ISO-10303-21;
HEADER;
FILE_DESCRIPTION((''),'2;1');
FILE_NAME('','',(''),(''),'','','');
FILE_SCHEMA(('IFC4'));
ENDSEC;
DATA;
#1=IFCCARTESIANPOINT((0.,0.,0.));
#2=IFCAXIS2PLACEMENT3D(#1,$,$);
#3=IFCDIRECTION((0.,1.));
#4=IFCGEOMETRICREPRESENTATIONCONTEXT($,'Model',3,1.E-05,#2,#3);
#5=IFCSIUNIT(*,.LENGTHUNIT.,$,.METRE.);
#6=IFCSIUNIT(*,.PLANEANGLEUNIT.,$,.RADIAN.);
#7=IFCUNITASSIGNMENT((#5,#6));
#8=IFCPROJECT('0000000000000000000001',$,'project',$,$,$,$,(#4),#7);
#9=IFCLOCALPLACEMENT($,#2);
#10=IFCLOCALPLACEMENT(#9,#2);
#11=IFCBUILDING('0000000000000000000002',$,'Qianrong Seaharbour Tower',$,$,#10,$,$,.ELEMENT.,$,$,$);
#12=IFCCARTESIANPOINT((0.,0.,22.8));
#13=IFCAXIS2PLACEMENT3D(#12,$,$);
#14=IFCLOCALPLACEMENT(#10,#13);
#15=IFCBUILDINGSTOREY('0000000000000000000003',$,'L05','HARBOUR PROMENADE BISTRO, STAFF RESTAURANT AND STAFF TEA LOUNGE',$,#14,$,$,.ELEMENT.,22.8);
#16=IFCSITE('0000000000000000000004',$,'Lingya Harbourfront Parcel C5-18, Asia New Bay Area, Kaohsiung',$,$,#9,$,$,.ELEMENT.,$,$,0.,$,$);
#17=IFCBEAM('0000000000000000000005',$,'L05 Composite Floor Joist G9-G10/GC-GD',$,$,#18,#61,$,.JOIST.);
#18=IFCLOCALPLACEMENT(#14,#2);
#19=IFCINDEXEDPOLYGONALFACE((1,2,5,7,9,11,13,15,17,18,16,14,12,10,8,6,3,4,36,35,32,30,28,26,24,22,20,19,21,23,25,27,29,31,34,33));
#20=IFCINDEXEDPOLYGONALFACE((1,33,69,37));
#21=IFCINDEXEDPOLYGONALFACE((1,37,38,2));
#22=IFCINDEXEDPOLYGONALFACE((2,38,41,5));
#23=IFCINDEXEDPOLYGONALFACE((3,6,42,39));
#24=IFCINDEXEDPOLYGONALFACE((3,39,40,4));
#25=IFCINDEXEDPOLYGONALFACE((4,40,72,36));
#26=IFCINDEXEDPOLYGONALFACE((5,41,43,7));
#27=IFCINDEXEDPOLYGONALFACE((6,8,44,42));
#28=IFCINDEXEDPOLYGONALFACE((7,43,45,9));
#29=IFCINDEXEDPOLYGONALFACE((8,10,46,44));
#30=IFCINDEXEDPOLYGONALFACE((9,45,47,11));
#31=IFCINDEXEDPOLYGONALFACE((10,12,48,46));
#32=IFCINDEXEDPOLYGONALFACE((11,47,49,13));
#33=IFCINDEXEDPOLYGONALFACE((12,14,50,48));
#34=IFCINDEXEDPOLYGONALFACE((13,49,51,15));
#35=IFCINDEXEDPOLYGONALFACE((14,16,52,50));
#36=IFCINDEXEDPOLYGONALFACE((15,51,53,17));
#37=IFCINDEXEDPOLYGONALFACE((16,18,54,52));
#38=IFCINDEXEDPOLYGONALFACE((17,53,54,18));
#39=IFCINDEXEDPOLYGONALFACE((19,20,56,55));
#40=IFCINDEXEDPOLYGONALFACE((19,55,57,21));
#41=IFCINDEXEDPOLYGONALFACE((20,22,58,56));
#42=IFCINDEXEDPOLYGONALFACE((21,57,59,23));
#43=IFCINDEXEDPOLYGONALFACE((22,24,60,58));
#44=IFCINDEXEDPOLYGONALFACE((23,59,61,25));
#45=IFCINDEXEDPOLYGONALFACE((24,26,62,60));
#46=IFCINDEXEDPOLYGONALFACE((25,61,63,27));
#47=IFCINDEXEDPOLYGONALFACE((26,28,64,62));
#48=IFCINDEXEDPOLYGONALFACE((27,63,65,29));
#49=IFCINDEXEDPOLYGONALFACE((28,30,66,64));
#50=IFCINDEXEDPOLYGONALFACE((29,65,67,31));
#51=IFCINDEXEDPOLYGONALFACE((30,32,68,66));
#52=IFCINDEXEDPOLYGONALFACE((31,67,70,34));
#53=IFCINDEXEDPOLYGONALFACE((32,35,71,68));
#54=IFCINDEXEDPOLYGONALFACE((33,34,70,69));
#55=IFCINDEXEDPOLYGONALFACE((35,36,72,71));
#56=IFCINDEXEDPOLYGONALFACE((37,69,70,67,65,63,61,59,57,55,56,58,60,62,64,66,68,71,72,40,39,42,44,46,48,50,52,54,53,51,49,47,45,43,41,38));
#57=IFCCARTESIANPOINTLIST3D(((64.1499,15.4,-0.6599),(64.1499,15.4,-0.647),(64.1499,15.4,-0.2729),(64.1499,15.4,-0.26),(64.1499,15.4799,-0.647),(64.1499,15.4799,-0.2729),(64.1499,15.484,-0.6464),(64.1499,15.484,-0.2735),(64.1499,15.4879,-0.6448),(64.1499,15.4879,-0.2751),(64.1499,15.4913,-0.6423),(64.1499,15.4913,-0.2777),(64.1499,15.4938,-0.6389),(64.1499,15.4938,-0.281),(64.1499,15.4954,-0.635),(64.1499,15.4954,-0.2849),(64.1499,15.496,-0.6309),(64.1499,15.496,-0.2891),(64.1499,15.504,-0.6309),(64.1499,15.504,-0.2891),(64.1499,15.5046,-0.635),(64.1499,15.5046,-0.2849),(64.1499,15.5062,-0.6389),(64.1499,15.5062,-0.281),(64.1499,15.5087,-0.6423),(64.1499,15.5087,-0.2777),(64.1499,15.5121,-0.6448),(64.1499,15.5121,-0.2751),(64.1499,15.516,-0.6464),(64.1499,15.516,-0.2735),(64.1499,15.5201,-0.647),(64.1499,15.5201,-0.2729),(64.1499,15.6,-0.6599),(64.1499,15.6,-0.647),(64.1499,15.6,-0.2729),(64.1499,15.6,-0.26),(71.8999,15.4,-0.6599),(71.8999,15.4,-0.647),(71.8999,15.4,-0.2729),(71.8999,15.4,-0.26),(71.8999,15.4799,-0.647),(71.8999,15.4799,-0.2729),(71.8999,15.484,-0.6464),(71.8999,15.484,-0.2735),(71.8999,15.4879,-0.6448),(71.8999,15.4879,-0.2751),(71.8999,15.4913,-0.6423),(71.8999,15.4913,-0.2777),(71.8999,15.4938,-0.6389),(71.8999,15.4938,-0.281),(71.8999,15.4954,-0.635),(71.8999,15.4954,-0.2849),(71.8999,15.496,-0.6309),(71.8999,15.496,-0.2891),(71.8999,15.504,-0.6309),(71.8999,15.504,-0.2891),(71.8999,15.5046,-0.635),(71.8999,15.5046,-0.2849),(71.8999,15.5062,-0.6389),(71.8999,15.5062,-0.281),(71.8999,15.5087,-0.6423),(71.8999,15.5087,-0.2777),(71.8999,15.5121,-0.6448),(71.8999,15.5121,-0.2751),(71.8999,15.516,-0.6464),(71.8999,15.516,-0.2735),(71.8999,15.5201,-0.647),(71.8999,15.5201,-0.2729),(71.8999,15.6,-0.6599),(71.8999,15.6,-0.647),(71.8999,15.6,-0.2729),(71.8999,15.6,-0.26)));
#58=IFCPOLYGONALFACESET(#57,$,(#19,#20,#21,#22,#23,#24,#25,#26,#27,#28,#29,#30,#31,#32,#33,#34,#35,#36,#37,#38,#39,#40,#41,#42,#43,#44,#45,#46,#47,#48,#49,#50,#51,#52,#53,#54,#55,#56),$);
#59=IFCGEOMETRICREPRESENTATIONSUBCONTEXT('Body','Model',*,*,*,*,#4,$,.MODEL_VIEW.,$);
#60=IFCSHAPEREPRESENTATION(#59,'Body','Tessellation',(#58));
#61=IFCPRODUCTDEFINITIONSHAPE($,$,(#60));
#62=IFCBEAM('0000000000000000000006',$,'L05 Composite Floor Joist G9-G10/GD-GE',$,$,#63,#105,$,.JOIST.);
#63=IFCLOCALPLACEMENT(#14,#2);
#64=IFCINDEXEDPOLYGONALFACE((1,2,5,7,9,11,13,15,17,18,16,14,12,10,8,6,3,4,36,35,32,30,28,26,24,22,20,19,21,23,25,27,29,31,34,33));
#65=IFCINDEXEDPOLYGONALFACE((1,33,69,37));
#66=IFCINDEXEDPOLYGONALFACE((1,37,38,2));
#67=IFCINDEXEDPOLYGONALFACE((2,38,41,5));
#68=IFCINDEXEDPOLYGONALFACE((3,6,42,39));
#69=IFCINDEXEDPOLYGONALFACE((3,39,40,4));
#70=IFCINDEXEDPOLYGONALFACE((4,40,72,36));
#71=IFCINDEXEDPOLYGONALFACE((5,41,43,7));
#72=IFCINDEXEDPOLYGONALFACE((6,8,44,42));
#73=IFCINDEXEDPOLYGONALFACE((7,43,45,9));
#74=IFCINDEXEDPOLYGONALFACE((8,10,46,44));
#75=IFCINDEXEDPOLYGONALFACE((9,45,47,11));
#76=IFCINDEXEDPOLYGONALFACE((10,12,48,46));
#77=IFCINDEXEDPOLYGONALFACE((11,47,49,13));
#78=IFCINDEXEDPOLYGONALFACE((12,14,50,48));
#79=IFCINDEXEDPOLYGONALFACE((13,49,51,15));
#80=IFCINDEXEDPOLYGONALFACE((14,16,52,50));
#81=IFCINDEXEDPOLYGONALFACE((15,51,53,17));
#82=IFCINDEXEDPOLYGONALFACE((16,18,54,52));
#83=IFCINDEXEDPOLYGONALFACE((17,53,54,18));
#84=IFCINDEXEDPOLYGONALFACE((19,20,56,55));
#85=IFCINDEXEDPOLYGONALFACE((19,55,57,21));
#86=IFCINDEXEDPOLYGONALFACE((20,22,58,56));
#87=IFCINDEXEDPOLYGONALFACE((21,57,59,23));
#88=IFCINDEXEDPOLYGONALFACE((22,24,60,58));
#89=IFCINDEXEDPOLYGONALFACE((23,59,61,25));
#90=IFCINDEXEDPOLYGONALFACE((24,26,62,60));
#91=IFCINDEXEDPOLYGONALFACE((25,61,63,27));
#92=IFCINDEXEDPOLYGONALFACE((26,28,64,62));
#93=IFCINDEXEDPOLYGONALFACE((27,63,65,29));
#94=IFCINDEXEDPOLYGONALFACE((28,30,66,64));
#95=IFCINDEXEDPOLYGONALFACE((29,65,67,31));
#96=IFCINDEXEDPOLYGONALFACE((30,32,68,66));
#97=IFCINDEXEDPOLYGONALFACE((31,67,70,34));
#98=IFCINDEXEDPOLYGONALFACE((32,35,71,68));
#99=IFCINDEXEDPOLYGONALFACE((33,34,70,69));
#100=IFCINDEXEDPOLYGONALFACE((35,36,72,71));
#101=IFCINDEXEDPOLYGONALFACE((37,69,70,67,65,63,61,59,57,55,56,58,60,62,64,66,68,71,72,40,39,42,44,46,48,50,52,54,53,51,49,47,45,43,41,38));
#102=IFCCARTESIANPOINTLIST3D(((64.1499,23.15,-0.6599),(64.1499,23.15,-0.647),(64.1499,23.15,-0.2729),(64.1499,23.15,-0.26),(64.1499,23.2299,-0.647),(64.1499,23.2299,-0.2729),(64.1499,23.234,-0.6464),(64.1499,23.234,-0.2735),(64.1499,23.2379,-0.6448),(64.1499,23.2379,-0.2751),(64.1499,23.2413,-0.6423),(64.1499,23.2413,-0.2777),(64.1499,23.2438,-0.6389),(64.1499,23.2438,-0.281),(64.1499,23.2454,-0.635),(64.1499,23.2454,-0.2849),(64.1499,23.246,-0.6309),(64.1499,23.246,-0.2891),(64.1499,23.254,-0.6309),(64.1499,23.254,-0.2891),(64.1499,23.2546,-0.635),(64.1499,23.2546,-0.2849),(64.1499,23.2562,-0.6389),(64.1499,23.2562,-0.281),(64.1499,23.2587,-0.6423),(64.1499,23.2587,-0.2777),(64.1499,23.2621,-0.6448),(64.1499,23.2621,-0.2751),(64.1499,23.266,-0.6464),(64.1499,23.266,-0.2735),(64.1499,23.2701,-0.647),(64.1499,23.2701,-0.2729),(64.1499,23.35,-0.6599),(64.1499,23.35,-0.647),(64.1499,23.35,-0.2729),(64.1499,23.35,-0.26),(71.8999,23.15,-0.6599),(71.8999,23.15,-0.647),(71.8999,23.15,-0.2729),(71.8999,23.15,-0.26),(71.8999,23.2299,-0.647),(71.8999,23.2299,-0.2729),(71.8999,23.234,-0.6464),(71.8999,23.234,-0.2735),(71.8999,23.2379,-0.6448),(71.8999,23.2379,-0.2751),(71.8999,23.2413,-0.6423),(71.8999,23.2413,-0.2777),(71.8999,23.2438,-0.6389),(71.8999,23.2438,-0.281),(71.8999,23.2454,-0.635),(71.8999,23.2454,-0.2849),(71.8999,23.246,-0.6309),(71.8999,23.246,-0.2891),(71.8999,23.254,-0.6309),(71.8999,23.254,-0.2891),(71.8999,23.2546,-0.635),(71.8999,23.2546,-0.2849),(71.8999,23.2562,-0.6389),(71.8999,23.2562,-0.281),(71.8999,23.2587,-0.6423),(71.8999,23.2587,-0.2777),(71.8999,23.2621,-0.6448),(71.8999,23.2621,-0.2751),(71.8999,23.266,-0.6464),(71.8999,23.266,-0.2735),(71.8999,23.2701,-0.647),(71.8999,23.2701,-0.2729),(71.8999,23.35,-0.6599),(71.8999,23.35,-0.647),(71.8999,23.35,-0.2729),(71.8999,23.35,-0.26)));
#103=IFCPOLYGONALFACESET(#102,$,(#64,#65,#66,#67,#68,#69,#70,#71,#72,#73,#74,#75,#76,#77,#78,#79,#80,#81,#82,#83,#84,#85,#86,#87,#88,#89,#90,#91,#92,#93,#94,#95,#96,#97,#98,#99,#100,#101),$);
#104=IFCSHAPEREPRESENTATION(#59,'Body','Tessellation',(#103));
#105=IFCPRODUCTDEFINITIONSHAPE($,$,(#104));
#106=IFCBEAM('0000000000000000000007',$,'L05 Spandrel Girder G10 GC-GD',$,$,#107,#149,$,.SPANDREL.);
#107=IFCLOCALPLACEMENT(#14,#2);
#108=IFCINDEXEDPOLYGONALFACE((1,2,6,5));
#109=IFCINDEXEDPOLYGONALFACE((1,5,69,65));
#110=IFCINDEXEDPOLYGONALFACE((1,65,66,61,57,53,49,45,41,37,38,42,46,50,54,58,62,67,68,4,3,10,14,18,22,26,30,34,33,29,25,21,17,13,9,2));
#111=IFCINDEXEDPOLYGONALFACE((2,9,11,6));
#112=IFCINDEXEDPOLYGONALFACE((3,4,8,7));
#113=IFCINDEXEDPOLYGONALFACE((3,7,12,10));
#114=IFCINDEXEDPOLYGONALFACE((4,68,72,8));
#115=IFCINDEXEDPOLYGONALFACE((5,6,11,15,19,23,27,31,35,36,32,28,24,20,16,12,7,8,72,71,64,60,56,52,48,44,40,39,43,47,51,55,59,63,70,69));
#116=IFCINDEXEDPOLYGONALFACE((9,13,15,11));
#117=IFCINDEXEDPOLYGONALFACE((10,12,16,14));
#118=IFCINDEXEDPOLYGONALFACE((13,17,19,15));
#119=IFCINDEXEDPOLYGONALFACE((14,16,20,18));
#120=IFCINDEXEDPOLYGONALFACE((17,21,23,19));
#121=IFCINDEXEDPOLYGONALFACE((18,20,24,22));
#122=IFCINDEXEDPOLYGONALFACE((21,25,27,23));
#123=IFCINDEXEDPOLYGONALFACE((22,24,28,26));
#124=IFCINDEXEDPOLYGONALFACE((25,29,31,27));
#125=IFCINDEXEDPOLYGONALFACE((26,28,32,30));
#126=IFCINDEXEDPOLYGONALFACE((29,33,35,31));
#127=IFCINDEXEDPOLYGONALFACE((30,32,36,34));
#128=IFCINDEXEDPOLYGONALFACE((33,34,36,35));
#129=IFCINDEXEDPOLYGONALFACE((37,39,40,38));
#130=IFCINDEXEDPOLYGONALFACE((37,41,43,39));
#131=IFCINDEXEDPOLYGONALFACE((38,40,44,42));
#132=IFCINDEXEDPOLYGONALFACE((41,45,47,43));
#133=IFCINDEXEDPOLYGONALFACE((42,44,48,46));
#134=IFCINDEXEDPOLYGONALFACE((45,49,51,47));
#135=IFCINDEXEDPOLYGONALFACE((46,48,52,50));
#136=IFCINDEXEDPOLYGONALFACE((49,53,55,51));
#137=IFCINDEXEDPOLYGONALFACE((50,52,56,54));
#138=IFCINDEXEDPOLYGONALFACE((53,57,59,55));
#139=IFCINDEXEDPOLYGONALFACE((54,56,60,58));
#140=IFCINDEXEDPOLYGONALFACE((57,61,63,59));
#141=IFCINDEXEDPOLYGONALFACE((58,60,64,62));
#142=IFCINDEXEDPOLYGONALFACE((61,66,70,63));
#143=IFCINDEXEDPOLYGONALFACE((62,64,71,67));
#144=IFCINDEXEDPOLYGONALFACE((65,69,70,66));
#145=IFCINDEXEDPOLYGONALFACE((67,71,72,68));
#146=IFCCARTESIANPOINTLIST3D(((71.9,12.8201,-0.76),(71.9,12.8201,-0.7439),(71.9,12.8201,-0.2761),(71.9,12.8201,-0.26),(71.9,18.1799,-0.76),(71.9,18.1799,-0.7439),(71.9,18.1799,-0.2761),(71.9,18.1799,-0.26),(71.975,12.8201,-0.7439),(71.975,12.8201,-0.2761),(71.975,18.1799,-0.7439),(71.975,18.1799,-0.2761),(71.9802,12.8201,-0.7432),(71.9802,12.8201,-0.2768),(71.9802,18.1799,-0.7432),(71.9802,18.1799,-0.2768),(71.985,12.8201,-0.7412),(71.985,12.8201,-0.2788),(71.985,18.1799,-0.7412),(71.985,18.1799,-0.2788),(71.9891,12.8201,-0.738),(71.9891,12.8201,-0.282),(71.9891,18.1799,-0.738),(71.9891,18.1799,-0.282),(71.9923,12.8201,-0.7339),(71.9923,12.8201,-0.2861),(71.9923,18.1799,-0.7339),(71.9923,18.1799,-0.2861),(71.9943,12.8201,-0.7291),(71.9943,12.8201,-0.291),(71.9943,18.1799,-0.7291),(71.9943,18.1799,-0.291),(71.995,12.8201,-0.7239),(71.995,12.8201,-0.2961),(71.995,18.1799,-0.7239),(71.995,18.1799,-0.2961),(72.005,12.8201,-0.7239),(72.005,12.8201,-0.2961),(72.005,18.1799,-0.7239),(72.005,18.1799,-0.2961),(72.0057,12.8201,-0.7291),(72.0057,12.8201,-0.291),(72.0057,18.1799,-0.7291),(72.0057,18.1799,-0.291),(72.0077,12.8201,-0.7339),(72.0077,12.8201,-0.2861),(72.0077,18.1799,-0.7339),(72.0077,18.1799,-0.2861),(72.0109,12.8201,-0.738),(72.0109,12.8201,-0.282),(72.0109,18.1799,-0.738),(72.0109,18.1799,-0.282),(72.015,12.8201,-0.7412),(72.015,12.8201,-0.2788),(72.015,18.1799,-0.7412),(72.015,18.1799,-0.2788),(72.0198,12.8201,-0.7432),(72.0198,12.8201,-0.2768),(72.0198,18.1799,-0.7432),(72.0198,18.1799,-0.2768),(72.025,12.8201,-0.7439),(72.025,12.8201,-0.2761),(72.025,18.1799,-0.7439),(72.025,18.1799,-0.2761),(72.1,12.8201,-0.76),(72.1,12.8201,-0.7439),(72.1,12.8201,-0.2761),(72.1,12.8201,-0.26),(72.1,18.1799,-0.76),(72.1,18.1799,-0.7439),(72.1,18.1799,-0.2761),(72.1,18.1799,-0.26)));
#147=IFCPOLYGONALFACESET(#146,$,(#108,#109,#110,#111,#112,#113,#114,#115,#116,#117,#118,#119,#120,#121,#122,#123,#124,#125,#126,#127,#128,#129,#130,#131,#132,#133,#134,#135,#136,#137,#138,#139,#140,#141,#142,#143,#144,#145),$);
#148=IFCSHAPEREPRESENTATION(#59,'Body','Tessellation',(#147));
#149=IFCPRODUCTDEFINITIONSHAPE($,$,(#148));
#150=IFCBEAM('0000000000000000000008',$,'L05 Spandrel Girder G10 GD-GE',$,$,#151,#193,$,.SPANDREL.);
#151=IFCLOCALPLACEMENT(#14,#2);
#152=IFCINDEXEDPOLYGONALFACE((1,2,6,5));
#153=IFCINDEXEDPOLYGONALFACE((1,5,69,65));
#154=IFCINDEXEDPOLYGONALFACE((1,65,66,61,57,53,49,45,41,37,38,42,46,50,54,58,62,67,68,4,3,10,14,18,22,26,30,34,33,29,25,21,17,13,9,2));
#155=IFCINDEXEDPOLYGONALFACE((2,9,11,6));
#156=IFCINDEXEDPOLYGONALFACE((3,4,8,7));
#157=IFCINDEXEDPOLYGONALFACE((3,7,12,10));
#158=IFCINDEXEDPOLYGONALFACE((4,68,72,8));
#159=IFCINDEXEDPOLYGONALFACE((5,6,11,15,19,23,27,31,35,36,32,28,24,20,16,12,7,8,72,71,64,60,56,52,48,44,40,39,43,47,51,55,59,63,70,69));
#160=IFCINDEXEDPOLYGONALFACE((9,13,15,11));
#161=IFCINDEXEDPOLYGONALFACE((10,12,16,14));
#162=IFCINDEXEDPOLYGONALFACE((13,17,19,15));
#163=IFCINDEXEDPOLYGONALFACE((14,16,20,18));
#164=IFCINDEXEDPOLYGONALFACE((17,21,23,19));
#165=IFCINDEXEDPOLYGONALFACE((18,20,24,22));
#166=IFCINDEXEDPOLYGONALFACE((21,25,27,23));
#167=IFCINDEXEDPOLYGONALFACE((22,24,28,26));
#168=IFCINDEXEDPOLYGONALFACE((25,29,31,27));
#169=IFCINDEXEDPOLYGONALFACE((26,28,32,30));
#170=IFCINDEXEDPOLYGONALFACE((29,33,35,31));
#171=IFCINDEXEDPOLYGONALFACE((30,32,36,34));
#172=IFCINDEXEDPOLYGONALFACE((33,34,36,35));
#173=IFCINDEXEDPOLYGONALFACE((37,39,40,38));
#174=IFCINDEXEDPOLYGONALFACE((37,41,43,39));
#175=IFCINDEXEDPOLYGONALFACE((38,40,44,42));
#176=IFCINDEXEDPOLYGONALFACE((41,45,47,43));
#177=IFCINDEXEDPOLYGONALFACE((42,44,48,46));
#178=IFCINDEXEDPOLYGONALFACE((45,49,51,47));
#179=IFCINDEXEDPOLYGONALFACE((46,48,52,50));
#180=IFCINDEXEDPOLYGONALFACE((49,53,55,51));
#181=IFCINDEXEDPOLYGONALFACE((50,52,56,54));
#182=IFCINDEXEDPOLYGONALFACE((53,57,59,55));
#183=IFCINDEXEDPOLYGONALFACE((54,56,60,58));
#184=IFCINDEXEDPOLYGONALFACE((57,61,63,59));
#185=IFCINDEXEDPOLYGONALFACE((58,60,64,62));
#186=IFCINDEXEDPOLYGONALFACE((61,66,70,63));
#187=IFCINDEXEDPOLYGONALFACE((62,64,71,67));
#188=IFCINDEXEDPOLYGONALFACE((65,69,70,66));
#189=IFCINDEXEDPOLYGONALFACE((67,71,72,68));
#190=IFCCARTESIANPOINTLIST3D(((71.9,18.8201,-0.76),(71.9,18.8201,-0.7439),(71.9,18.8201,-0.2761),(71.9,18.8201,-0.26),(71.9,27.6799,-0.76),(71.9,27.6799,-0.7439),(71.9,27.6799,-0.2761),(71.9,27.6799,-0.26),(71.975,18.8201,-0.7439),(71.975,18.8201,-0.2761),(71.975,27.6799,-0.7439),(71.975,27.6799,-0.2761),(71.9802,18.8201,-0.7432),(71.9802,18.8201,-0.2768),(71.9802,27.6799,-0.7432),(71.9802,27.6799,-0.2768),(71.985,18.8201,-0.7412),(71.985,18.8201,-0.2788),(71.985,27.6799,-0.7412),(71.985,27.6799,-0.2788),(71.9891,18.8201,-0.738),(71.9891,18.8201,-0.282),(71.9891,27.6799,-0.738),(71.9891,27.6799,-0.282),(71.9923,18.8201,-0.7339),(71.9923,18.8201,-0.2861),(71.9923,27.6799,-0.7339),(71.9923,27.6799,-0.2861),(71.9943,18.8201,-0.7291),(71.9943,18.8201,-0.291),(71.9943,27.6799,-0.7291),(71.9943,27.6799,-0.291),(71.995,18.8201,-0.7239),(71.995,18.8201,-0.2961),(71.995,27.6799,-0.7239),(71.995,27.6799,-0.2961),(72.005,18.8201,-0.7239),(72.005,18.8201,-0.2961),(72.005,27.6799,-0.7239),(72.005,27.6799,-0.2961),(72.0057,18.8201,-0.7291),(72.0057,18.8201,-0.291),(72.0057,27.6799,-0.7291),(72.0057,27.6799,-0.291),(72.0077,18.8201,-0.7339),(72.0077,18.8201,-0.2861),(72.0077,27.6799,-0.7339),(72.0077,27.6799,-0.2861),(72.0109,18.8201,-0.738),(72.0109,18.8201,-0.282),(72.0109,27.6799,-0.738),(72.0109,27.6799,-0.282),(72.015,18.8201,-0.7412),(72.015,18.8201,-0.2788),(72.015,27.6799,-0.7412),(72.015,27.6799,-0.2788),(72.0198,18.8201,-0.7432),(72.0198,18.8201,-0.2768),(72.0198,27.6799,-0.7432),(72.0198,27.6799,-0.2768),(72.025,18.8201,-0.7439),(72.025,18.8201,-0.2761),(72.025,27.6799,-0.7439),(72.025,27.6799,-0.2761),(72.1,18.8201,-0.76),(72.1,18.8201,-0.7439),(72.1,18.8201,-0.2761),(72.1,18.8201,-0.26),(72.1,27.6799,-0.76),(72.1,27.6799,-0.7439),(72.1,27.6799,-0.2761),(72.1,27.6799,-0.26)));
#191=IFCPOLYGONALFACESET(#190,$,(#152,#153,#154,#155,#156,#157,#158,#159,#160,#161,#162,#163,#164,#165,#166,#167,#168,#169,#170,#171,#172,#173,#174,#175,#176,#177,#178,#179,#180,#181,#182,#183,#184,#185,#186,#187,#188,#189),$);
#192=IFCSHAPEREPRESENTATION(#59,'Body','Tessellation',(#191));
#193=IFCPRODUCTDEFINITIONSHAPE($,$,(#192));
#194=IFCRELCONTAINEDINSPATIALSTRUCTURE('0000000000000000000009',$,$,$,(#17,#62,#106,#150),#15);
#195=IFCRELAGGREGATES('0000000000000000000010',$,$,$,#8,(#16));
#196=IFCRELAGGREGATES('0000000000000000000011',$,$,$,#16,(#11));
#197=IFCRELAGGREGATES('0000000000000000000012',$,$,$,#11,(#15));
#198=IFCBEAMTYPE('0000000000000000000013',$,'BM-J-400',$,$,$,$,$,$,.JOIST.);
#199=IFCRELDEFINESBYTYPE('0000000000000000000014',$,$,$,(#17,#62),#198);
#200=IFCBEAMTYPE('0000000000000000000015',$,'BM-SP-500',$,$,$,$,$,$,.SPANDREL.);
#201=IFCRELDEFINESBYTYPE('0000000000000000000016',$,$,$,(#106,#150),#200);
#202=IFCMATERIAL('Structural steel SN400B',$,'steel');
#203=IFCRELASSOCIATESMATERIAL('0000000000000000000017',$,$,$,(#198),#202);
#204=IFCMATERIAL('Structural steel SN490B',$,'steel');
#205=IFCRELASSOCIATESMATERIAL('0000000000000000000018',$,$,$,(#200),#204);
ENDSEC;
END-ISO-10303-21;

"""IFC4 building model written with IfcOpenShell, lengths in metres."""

from ifc_helpers import new_model, si_unit, direction, frame, origin, origin_2d, place, context, subcontext, project, spatial, i_section, extrude, material, material_profile, profile_set, type_object, element, save


model = new_model("IFC4")

# Units and contexts
model_context = context("Model", 3, precision=1e-05, world=origin(), true_north=direction((0.0, 1.0)))
body_context = subcontext(model_context, "Body", "Model", "MODEL_VIEW")
ifc_project = project(units=[si_unit("LENGTHUNIT", "METRE"), si_unit("PLANEANGLEUNIT", "RADIAN")], contexts=[model_context])

# Site, building, storey
site_placement = place(None, origin())
site = spatial("IfcSite", under=ifc_project, at=site_placement, Name="Lingya Harbourfront Parcel C5-18, Asia New Bay Area, Kaohsiung", CompositionType="ELEMENT", RefElevation=0.0)
building_placement = place(site_placement, origin())
building = spatial("IfcBuilding", under=site, at=building_placement, Name="Qianrong Seaharbour Tower", CompositionType="ELEMENT")
storey_placement = place(building_placement, frame((0.0, 0.0, 22.8)))
storey = spatial("IfcBuildingStorey", under=building, at=storey_placement, Name="L05", Description="HARBOUR PROMENADE BISTRO, STAFF RESTAURANT AND STAFF TEA LOUNGE", CompositionType="ELEMENT", Elevation=22.8)

# Shared definitions
ifc_material_1 = material(Name="Structural steel SN490B", Category="steel")

# Beams
ifc_material_2 = material(Name="Structural steel SN400B", Category="steel")
ifc_material_profile_1 = material_profile(ifc_material_2, i_section(OverallWidth=0.2, OverallDepth=0.3999, WebThickness=0.0081, FlangeThickness=0.0129, FilletRadius=0.0161, at=origin_2d()), Name="H400x200x8x13")
ifc_profile_set_1 = profile_set([ifc_material_profile_1], Name="Structural steel SN400B")
beam_type_1 = type_object("IfcBeamType", Name="BM-J-400", PredefinedType="JOIST", material=ifc_profile_set_1)
for number, where, z_axis, x_axis, name in (
    (1, (64.1499, 15.5, -0.46), (1.0, 0.0, 0.0), (0.0, 1.0, 0.0), "L05 Composite Floor Joist G9-G10/GC-GD"),
    (2, (64.1499, 23.25, -0.46), (1.0, 0.0, 0.0), (0.0, 1.0, 0.0), "L05 Composite Floor Joist G9-G10/GD-GE"),
):
    element("IfcBeam", number, at=place(storey_placement, frame(where, z_axis=z_axis, x_axis=x_axis)), inside=storey, type_object=beam_type_1, Name=name, PredefinedType="JOIST", context=body_context, shape_type="SweptSolid", body=[
        extrude(i_section(OverallWidth=0.2, OverallDepth=0.3999, WebThickness=0.0081, FlangeThickness=0.0129, FilletRadius=0.0161, at=origin_2d()), origin(), (0.0, 0.0, 1.0), 7.75),
    ])
ifc_material_profile_2 = material_profile(ifc_material_1, i_section(OverallWidth=0.2, OverallDepth=0.5, WebThickness=0.01, FlangeThickness=0.0161, FilletRadius=0.02, at=origin_2d()), Name="H500x200x10x16")
ifc_profile_set_2 = profile_set([ifc_material_profile_2], Name="Structural steel SN490B")
beam_type_2 = type_object("IfcBeamType", Name="BM-SP-500", PredefinedType="SPANDREL", material=ifc_profile_set_2)
beam_1_placement = place(storey_placement, frame((72.0, 12.8201, -0.51), z_axis=(0.0, 1.0, 0.0), x_axis=(-1.0, 0.0, 0.0)))
element("IfcBeam", 3, at=beam_1_placement, inside=storey, type_object=beam_type_2, Name="L05 Spandrel Girder G10 GC-GD", PredefinedType="SPANDREL", context=body_context, shape_type="SweptSolid", body=[
    extrude(i_section(OverallWidth=0.2, OverallDepth=0.5, WebThickness=0.01, FlangeThickness=0.0161, FilletRadius=0.02, at=origin_2d()), origin(), (0.0, 0.0, 1.0), 5.3599),
])
beam_2_placement = place(storey_placement, frame((72.0, 18.8201, -0.51), z_axis=(0.0, 1.0, 0.0), x_axis=(-1.0, 0.0, 0.0)))
element("IfcBeam", 4, at=beam_2_placement, inside=storey, type_object=beam_type_2, Name="L05 Spandrel Girder G10 GD-GE", PredefinedType="SPANDREL", context=body_context, shape_type="SweptSolid", body=[
    extrude(i_section(OverallWidth=0.2, OverallDepth=0.5, WebThickness=0.01, FlangeThickness=0.0161, FilletRadius=0.02, at=origin_2d()), origin(), (0.0, 0.0, 1.0), 8.8599),
])

save(model, "model.ifc")
